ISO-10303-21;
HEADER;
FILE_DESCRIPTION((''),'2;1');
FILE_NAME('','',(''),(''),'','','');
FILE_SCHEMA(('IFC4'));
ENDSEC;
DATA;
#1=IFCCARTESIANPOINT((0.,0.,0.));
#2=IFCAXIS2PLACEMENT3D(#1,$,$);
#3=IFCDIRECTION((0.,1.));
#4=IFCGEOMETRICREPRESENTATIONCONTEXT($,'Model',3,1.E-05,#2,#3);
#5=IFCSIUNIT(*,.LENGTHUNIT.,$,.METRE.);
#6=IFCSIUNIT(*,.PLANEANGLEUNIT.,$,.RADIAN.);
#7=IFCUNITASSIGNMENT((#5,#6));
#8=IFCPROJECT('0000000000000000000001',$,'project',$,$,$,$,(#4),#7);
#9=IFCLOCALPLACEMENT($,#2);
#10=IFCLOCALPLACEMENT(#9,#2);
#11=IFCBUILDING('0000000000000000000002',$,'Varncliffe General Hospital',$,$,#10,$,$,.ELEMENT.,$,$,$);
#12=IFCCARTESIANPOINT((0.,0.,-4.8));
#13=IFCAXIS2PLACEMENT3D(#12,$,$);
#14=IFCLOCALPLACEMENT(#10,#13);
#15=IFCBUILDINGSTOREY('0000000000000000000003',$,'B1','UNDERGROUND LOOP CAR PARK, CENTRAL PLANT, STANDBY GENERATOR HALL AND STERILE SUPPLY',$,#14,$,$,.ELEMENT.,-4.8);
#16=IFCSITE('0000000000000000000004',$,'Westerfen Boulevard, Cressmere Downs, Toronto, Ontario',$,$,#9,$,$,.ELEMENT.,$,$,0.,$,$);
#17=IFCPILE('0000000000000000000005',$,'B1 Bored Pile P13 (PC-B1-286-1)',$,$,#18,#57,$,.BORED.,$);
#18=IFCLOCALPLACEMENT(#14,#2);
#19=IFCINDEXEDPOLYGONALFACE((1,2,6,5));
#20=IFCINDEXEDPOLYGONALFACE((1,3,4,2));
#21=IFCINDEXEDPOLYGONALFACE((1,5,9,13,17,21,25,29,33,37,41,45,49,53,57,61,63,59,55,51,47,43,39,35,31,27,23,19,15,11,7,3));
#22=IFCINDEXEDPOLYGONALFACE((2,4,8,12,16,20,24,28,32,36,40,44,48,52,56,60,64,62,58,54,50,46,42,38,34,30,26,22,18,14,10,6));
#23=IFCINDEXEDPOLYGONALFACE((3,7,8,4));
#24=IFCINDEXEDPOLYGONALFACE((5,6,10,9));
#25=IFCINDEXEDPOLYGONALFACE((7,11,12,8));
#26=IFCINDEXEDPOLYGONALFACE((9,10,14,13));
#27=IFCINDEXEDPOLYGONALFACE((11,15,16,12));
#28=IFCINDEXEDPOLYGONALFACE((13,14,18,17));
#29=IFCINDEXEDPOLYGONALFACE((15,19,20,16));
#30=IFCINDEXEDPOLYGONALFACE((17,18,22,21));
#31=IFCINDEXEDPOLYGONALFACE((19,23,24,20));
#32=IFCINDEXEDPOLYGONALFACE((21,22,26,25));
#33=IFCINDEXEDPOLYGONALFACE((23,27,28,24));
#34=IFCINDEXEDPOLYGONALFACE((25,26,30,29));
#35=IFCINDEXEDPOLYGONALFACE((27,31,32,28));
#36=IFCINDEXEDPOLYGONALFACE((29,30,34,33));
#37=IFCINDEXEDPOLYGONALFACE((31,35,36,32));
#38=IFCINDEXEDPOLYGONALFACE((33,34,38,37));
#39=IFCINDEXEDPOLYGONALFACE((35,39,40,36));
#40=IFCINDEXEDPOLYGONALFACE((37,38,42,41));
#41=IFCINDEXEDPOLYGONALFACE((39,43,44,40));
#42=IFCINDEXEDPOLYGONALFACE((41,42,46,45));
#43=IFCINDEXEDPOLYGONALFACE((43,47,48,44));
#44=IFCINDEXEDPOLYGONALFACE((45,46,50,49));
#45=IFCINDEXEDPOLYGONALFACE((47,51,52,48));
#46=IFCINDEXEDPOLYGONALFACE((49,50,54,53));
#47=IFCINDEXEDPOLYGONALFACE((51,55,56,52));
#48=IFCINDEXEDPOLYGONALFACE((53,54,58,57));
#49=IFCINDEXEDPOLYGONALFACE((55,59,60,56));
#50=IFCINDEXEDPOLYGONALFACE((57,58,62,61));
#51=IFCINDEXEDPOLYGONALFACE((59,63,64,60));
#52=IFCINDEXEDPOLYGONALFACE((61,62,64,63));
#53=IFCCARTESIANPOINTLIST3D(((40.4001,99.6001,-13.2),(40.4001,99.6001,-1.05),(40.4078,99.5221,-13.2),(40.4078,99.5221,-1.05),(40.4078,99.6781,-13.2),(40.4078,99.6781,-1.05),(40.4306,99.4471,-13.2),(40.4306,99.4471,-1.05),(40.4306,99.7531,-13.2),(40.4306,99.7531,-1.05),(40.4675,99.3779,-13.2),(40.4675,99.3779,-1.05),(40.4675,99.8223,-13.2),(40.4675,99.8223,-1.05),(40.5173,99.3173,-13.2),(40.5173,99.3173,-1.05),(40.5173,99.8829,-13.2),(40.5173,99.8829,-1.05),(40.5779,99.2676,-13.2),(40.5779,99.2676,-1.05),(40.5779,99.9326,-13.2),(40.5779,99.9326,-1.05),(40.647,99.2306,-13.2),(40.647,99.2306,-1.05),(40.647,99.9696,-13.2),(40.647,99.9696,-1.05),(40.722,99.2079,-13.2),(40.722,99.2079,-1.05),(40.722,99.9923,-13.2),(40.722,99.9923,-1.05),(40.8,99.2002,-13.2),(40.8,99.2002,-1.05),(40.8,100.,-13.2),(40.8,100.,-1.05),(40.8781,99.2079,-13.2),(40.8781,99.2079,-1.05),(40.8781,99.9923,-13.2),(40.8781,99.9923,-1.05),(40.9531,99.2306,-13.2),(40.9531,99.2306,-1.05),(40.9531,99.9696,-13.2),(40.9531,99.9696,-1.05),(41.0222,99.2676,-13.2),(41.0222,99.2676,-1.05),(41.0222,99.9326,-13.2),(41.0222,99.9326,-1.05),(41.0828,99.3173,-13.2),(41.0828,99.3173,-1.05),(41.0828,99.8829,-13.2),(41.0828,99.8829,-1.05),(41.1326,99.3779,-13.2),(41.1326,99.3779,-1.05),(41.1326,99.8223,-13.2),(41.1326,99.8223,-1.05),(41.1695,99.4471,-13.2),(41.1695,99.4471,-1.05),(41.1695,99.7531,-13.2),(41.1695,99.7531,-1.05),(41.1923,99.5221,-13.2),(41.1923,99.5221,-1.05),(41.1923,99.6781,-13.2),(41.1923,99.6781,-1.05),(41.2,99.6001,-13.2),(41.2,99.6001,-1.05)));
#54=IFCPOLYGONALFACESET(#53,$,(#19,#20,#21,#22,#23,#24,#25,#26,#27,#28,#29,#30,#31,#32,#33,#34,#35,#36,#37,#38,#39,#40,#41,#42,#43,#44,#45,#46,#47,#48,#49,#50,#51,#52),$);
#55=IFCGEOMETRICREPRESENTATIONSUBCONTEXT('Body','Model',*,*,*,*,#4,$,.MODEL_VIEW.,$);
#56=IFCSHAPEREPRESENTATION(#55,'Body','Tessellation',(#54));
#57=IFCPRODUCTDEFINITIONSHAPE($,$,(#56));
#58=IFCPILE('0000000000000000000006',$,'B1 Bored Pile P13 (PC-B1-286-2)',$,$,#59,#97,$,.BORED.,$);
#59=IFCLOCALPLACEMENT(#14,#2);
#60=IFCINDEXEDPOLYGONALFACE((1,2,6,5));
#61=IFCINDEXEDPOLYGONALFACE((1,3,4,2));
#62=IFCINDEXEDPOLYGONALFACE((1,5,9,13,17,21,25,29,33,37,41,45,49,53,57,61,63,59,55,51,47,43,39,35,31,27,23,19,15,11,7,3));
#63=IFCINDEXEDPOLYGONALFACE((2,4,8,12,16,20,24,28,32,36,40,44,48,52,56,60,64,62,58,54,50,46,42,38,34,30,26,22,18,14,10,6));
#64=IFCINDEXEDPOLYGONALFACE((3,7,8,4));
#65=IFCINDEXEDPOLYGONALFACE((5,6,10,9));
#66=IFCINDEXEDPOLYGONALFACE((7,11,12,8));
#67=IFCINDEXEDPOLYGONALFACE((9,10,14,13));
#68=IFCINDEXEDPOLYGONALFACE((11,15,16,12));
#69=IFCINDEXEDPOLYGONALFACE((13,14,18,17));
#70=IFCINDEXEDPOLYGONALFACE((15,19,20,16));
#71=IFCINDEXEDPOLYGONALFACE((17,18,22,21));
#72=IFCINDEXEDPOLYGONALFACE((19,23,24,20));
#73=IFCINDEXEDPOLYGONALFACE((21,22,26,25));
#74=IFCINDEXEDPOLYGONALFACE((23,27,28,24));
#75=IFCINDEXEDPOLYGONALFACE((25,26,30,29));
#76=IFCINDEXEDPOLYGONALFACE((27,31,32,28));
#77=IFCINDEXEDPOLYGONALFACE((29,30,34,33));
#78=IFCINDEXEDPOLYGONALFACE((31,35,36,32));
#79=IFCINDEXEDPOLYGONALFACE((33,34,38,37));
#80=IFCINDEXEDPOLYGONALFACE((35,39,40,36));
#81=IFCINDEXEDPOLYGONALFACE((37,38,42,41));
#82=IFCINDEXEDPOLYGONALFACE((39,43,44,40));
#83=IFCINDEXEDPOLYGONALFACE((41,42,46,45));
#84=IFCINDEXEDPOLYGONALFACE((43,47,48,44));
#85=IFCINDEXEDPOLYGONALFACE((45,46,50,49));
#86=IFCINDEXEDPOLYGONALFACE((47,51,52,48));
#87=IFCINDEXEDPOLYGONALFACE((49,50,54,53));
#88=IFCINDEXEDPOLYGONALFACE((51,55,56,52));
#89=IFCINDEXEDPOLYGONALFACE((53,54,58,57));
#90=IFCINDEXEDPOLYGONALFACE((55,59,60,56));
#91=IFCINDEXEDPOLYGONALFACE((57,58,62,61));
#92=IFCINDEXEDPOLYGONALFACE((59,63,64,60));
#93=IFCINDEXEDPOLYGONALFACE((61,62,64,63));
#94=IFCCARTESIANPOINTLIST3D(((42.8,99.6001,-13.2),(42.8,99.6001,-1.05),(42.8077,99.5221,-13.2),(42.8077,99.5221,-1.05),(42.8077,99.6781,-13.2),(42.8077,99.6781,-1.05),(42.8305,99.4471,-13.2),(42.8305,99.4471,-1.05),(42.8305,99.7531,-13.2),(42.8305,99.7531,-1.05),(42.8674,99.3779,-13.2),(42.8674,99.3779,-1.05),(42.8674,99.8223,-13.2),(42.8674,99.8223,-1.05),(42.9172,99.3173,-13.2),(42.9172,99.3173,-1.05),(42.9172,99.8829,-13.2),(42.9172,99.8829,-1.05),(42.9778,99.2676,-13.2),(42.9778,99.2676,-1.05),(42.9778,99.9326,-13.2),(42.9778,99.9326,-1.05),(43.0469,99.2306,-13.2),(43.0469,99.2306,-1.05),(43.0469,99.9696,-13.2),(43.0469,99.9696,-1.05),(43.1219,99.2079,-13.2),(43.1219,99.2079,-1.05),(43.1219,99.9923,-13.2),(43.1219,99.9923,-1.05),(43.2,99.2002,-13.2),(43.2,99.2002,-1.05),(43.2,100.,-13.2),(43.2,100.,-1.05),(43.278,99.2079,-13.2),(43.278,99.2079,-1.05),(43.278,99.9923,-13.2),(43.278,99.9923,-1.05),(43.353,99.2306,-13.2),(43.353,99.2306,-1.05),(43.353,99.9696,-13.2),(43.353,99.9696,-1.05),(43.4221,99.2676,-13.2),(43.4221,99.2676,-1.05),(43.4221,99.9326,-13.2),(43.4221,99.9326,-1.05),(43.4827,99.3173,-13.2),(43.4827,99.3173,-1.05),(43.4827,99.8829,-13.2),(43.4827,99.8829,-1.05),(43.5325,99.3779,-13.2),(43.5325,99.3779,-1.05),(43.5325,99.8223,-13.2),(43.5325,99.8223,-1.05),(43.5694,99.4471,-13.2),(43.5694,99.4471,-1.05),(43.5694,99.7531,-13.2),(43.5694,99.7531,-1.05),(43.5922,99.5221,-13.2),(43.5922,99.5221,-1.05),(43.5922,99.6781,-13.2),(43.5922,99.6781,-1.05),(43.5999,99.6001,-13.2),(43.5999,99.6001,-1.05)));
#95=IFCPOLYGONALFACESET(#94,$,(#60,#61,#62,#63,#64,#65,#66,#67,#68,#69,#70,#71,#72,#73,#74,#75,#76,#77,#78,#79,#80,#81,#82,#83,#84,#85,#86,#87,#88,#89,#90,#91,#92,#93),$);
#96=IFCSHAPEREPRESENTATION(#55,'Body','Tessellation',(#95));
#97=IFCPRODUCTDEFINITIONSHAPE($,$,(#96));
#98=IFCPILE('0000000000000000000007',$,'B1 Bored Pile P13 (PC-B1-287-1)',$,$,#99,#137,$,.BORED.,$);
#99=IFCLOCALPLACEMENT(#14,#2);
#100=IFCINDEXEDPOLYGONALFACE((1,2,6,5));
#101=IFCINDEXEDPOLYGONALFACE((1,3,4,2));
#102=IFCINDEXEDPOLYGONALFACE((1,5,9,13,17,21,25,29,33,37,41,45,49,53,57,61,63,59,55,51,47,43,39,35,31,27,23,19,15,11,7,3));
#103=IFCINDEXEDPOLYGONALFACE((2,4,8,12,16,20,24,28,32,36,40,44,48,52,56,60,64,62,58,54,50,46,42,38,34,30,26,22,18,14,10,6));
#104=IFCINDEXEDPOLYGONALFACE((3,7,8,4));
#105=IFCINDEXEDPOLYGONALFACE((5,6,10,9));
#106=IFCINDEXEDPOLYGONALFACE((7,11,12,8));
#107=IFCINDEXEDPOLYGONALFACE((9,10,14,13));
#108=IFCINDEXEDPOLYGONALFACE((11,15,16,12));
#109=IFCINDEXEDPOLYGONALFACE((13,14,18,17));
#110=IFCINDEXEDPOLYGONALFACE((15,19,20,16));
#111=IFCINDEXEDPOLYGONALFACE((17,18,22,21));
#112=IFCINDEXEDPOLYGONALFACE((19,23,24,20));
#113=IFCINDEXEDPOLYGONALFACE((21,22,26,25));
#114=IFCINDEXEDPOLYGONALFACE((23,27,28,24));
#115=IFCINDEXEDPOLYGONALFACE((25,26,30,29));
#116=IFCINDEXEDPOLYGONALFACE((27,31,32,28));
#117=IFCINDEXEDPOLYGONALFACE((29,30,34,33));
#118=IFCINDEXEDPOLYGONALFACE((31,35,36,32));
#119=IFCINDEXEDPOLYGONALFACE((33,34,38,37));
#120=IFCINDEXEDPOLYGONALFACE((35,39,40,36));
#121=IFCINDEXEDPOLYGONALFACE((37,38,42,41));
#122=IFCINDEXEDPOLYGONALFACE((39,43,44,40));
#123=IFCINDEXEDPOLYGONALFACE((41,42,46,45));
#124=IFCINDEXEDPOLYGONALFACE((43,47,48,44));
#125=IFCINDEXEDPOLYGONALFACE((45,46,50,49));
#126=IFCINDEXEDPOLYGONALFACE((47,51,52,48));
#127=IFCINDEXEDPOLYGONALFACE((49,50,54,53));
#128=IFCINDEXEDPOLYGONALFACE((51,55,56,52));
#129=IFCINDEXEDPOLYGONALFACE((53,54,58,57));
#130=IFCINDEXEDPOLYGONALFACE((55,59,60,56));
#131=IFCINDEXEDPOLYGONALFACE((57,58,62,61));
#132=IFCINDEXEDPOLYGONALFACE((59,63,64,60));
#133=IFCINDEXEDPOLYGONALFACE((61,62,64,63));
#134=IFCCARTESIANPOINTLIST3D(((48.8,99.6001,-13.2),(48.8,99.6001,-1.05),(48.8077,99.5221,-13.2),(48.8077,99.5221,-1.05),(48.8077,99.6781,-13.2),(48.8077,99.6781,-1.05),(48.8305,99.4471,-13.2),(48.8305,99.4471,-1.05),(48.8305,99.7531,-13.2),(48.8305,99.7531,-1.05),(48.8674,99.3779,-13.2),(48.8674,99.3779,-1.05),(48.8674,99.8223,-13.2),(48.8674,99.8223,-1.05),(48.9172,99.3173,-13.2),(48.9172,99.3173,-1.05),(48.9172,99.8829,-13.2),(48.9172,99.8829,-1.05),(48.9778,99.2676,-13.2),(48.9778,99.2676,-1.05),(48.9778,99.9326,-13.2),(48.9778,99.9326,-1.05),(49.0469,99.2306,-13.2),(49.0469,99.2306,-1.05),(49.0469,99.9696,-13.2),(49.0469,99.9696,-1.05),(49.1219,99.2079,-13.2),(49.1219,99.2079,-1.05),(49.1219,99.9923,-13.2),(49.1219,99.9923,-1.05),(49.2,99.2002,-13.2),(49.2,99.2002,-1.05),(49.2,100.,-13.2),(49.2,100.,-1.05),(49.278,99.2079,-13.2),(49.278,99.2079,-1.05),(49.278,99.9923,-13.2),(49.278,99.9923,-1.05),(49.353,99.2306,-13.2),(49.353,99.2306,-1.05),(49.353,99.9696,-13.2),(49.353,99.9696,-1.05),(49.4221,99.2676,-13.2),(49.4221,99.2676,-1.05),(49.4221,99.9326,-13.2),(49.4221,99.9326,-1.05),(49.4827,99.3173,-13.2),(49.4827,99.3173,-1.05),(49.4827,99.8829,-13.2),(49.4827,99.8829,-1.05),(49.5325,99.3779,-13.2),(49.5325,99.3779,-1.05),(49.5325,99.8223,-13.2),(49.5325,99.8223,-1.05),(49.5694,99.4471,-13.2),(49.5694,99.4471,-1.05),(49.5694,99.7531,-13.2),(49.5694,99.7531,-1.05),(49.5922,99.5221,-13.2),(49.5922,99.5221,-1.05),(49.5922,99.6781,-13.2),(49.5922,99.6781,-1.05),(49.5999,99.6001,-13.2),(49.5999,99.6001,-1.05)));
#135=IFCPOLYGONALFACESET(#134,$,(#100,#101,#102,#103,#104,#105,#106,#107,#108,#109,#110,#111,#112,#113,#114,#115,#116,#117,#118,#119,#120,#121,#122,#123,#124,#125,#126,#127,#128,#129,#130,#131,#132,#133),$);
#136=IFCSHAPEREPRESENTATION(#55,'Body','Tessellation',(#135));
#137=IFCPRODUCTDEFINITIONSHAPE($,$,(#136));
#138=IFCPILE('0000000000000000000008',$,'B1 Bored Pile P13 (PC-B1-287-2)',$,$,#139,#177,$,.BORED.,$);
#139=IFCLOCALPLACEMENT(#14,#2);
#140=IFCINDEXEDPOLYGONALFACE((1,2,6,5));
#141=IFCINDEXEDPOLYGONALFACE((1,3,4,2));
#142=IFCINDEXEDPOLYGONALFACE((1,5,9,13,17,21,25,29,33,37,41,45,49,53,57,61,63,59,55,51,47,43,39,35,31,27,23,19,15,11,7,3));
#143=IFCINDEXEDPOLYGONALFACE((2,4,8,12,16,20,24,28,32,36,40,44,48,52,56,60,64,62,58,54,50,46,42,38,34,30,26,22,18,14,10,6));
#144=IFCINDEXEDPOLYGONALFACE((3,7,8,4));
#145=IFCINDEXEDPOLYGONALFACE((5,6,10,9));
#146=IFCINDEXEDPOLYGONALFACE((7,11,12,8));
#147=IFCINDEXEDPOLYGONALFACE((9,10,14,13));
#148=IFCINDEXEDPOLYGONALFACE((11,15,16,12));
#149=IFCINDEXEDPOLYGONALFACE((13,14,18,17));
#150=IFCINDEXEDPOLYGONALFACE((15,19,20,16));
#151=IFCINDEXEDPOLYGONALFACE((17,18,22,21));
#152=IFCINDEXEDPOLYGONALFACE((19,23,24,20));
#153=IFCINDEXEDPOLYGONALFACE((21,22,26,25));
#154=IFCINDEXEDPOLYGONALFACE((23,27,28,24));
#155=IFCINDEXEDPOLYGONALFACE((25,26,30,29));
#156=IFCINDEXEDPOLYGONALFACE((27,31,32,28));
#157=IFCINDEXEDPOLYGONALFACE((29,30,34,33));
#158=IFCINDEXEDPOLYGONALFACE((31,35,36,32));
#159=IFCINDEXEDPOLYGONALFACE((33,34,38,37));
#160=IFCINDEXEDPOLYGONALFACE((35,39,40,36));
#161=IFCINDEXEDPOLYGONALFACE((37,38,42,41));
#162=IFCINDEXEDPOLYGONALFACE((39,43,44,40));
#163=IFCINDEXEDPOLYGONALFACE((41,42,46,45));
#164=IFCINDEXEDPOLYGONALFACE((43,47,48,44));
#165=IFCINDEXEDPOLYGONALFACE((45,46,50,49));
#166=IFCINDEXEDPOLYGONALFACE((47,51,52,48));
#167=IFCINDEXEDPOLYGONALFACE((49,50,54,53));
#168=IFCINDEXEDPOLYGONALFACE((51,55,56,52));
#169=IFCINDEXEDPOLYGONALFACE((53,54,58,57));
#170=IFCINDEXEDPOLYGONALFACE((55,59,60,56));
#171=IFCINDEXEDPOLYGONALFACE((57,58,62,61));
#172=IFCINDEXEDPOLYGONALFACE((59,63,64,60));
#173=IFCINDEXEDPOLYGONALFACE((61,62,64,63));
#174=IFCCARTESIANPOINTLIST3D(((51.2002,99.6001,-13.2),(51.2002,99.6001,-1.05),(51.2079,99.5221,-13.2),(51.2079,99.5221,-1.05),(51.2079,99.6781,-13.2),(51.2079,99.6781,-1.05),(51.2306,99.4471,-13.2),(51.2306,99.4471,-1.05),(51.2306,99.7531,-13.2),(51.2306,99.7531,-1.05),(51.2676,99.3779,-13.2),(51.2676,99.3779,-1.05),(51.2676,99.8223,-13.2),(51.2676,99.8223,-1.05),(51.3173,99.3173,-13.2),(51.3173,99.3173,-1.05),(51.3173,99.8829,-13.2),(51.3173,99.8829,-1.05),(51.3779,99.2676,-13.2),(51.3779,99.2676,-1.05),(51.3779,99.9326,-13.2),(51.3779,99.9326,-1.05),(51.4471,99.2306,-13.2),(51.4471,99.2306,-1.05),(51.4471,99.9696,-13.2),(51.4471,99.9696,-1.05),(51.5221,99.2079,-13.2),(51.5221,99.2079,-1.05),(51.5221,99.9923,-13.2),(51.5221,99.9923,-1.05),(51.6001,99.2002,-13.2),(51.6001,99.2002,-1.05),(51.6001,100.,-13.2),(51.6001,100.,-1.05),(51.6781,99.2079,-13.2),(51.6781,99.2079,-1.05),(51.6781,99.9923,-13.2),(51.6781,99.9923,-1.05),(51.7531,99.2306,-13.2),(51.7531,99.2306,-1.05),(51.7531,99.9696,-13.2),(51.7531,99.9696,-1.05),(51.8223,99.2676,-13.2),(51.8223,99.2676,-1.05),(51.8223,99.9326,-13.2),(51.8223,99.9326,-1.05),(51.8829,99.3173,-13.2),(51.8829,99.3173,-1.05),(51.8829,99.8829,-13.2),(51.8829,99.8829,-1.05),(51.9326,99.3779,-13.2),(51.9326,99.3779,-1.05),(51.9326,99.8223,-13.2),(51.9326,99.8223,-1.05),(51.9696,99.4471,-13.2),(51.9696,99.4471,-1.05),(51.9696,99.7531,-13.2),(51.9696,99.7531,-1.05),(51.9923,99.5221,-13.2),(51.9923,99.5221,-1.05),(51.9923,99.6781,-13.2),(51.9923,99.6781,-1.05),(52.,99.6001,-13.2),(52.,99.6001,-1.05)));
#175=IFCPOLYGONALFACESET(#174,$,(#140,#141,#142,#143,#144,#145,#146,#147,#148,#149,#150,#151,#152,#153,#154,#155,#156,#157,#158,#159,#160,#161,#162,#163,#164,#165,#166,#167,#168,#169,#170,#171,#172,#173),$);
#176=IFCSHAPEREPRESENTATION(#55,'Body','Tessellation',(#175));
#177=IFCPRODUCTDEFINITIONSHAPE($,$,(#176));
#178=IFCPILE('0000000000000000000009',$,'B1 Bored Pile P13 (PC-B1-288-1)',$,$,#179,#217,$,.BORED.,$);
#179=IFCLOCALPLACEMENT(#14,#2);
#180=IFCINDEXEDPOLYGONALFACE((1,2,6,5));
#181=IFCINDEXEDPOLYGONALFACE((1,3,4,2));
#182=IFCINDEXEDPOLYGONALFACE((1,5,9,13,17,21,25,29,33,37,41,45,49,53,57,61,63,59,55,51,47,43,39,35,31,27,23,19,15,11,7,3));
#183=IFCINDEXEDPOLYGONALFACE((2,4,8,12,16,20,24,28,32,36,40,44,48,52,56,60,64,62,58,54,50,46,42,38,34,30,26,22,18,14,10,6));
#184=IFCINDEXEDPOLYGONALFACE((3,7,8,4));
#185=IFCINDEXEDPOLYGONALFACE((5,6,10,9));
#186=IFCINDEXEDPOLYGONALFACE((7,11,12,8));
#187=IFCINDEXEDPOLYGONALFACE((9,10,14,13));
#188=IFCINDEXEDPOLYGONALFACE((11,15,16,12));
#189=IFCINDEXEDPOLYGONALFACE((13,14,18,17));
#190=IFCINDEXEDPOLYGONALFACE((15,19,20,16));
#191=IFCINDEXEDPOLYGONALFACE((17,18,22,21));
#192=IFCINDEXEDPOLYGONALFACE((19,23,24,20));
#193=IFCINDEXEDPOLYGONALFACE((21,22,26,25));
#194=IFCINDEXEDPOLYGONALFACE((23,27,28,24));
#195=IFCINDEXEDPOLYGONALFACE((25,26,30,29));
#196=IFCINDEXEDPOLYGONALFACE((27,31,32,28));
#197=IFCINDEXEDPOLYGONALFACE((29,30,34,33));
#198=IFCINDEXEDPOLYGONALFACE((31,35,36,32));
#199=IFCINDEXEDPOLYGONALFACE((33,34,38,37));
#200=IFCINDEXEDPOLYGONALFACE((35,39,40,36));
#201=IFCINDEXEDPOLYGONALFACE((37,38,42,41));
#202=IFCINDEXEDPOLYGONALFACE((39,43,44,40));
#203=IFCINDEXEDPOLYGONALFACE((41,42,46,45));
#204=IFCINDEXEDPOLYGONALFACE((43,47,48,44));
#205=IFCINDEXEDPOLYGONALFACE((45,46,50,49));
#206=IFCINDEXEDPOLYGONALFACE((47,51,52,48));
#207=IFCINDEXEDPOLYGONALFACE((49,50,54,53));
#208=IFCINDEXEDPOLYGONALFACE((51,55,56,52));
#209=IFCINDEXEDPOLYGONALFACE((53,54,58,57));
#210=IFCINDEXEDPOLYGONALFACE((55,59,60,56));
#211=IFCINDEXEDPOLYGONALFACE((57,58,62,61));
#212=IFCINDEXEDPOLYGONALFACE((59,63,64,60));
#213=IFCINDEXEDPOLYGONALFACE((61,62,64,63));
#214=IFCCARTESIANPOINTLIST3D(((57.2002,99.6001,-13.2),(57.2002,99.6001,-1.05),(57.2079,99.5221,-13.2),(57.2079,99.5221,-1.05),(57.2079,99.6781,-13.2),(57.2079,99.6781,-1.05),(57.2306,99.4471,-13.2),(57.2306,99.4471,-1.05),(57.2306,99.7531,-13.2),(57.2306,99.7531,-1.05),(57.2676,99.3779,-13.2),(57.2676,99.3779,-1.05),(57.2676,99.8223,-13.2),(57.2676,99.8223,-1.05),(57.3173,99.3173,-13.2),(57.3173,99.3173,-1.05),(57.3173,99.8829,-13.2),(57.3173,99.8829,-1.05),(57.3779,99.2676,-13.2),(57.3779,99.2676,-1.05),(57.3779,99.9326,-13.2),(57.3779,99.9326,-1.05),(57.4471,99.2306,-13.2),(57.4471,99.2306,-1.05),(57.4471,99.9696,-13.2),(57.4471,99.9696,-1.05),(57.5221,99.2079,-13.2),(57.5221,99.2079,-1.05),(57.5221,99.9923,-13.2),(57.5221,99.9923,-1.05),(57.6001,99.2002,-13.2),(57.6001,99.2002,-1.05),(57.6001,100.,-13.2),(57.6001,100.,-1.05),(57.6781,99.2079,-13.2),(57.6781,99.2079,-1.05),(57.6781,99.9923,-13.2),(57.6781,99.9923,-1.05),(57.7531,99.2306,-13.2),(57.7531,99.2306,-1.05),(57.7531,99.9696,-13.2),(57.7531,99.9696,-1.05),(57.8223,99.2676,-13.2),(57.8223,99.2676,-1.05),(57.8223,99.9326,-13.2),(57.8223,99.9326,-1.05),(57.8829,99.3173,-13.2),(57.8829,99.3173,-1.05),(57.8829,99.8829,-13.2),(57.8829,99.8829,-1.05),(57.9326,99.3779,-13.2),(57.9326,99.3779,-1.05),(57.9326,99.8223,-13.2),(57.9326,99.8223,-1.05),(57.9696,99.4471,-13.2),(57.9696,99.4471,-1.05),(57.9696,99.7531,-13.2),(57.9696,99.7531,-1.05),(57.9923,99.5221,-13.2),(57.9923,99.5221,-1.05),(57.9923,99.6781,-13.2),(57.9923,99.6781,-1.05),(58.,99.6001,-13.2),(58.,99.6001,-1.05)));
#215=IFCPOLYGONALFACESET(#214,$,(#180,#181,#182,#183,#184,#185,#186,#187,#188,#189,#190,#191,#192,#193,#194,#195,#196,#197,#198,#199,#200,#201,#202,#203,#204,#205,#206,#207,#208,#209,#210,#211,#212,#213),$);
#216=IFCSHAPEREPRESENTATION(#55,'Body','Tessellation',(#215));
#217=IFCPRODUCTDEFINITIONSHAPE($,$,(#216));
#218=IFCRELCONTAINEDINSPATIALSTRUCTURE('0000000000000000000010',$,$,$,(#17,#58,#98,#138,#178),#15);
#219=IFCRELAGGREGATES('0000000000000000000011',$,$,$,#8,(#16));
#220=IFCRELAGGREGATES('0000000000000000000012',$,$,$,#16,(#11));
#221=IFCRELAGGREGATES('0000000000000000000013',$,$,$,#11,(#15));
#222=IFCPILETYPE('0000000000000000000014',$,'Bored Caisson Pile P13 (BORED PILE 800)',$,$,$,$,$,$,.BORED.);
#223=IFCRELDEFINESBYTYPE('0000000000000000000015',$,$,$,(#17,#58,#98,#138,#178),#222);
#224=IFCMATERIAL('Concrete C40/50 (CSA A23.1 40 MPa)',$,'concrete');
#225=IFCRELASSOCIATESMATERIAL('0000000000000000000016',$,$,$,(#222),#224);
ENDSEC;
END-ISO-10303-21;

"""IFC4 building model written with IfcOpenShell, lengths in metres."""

from ifc_helpers import new_model, si_unit, direction, frame, origin, origin_2d, place, context, subcontext, project, spatial, circle, extrude, material, material_profile, profile_set, type_object, element, save


model = new_model("IFC4")

# Units and contexts
model_context = context("Model", 3, precision=1e-05, world=origin(), true_north=direction((0.0, 1.0)))
body_context = subcontext(model_context, "Body", "Model", "MODEL_VIEW")
ifc_project = project(units=[si_unit("LENGTHUNIT", "METRE"), si_unit("PLANEANGLEUNIT", "RADIAN")], contexts=[model_context])

# Site, building, storey
site_placement = place(None, origin())
site = spatial("IfcSite", under=ifc_project, at=site_placement, Name="Westerfen Boulevard, Cressmere Downs, Toronto, Ontario", CompositionType="ELEMENT", RefElevation=0.0)
building_placement = place(site_placement, origin())
building = spatial("IfcBuilding", under=site, at=building_placement, Name="Varncliffe General Hospital", CompositionType="ELEMENT")
storey_placement = place(building_placement, frame((0.0, 0.0, -4.8)))
storey = spatial("IfcBuildingStorey", under=building, at=storey_placement, Name="B1", Description="UNDERGROUND LOOP CAR PARK, CENTRAL PLANT, STANDBY GENERATOR HALL AND STERILE SUPPLY", CompositionType="ELEMENT", Elevation=-4.8)

# Piles
ifc_material_1 = material(Name="Concrete C40/50 (CSA A23.1 40 MPa)", Category="concrete")
ifc_material_profile_1 = material_profile(ifc_material_1, circle(Radius=0.3999, at=origin_2d()), Name="BORED PILE 800")
ifc_profile_set_1 = profile_set([ifc_material_profile_1], Name="Concrete C40/50 (CSA A23.1 40 MPa)")
pile_type = type_object("IfcPileType", Name="Bored Caisson Pile P13 (BORED PILE 800)", PredefinedType="BORED", material=ifc_profile_set_1)
for number, where, z_axis, x_axis, name in (
    (1, (40.8, 99.6001, -1.05), (0.0, 0.0, -1.0), (1.0, 0.0, 0.0), "B1 Bored Pile P13 (PC-B1-286-1)"),
    (2, (43.2, 99.6001, -1.05), (0.0, 0.0, -1.0), (1.0, 0.0, 0.0), "B1 Bored Pile P13 (PC-B1-286-2)"),
    (3, (49.2, 99.6001, -1.05), (0.0, 0.0, -1.0), (1.0, 0.0, 0.0), "B1 Bored Pile P13 (PC-B1-287-1)"),
    (4, (51.6001, 99.6001, -1.05), (0.0, 0.0, -1.0), (1.0, 0.0, 0.0), "B1 Bored Pile P13 (PC-B1-287-2)"),
    (5, (57.6001, 99.6001, -1.05), (0.0, 0.0, -1.0), (1.0, 0.0, 0.0), "B1 Bored Pile P13 (PC-B1-288-1)"),
):
    element("IfcPile", number, at=place(storey_placement, frame(where, z_axis=z_axis, x_axis=x_axis)), inside=storey, type_object=pile_type, Name=name, PredefinedType="BORED", context=body_context, shape_type="SweptSolid", body=[
        extrude(circle(Radius=0.3999, at=origin_2d()), origin(), (0.0, 0.0, 1.0), 12.1499),
    ])

save(model, "model.ifc")
